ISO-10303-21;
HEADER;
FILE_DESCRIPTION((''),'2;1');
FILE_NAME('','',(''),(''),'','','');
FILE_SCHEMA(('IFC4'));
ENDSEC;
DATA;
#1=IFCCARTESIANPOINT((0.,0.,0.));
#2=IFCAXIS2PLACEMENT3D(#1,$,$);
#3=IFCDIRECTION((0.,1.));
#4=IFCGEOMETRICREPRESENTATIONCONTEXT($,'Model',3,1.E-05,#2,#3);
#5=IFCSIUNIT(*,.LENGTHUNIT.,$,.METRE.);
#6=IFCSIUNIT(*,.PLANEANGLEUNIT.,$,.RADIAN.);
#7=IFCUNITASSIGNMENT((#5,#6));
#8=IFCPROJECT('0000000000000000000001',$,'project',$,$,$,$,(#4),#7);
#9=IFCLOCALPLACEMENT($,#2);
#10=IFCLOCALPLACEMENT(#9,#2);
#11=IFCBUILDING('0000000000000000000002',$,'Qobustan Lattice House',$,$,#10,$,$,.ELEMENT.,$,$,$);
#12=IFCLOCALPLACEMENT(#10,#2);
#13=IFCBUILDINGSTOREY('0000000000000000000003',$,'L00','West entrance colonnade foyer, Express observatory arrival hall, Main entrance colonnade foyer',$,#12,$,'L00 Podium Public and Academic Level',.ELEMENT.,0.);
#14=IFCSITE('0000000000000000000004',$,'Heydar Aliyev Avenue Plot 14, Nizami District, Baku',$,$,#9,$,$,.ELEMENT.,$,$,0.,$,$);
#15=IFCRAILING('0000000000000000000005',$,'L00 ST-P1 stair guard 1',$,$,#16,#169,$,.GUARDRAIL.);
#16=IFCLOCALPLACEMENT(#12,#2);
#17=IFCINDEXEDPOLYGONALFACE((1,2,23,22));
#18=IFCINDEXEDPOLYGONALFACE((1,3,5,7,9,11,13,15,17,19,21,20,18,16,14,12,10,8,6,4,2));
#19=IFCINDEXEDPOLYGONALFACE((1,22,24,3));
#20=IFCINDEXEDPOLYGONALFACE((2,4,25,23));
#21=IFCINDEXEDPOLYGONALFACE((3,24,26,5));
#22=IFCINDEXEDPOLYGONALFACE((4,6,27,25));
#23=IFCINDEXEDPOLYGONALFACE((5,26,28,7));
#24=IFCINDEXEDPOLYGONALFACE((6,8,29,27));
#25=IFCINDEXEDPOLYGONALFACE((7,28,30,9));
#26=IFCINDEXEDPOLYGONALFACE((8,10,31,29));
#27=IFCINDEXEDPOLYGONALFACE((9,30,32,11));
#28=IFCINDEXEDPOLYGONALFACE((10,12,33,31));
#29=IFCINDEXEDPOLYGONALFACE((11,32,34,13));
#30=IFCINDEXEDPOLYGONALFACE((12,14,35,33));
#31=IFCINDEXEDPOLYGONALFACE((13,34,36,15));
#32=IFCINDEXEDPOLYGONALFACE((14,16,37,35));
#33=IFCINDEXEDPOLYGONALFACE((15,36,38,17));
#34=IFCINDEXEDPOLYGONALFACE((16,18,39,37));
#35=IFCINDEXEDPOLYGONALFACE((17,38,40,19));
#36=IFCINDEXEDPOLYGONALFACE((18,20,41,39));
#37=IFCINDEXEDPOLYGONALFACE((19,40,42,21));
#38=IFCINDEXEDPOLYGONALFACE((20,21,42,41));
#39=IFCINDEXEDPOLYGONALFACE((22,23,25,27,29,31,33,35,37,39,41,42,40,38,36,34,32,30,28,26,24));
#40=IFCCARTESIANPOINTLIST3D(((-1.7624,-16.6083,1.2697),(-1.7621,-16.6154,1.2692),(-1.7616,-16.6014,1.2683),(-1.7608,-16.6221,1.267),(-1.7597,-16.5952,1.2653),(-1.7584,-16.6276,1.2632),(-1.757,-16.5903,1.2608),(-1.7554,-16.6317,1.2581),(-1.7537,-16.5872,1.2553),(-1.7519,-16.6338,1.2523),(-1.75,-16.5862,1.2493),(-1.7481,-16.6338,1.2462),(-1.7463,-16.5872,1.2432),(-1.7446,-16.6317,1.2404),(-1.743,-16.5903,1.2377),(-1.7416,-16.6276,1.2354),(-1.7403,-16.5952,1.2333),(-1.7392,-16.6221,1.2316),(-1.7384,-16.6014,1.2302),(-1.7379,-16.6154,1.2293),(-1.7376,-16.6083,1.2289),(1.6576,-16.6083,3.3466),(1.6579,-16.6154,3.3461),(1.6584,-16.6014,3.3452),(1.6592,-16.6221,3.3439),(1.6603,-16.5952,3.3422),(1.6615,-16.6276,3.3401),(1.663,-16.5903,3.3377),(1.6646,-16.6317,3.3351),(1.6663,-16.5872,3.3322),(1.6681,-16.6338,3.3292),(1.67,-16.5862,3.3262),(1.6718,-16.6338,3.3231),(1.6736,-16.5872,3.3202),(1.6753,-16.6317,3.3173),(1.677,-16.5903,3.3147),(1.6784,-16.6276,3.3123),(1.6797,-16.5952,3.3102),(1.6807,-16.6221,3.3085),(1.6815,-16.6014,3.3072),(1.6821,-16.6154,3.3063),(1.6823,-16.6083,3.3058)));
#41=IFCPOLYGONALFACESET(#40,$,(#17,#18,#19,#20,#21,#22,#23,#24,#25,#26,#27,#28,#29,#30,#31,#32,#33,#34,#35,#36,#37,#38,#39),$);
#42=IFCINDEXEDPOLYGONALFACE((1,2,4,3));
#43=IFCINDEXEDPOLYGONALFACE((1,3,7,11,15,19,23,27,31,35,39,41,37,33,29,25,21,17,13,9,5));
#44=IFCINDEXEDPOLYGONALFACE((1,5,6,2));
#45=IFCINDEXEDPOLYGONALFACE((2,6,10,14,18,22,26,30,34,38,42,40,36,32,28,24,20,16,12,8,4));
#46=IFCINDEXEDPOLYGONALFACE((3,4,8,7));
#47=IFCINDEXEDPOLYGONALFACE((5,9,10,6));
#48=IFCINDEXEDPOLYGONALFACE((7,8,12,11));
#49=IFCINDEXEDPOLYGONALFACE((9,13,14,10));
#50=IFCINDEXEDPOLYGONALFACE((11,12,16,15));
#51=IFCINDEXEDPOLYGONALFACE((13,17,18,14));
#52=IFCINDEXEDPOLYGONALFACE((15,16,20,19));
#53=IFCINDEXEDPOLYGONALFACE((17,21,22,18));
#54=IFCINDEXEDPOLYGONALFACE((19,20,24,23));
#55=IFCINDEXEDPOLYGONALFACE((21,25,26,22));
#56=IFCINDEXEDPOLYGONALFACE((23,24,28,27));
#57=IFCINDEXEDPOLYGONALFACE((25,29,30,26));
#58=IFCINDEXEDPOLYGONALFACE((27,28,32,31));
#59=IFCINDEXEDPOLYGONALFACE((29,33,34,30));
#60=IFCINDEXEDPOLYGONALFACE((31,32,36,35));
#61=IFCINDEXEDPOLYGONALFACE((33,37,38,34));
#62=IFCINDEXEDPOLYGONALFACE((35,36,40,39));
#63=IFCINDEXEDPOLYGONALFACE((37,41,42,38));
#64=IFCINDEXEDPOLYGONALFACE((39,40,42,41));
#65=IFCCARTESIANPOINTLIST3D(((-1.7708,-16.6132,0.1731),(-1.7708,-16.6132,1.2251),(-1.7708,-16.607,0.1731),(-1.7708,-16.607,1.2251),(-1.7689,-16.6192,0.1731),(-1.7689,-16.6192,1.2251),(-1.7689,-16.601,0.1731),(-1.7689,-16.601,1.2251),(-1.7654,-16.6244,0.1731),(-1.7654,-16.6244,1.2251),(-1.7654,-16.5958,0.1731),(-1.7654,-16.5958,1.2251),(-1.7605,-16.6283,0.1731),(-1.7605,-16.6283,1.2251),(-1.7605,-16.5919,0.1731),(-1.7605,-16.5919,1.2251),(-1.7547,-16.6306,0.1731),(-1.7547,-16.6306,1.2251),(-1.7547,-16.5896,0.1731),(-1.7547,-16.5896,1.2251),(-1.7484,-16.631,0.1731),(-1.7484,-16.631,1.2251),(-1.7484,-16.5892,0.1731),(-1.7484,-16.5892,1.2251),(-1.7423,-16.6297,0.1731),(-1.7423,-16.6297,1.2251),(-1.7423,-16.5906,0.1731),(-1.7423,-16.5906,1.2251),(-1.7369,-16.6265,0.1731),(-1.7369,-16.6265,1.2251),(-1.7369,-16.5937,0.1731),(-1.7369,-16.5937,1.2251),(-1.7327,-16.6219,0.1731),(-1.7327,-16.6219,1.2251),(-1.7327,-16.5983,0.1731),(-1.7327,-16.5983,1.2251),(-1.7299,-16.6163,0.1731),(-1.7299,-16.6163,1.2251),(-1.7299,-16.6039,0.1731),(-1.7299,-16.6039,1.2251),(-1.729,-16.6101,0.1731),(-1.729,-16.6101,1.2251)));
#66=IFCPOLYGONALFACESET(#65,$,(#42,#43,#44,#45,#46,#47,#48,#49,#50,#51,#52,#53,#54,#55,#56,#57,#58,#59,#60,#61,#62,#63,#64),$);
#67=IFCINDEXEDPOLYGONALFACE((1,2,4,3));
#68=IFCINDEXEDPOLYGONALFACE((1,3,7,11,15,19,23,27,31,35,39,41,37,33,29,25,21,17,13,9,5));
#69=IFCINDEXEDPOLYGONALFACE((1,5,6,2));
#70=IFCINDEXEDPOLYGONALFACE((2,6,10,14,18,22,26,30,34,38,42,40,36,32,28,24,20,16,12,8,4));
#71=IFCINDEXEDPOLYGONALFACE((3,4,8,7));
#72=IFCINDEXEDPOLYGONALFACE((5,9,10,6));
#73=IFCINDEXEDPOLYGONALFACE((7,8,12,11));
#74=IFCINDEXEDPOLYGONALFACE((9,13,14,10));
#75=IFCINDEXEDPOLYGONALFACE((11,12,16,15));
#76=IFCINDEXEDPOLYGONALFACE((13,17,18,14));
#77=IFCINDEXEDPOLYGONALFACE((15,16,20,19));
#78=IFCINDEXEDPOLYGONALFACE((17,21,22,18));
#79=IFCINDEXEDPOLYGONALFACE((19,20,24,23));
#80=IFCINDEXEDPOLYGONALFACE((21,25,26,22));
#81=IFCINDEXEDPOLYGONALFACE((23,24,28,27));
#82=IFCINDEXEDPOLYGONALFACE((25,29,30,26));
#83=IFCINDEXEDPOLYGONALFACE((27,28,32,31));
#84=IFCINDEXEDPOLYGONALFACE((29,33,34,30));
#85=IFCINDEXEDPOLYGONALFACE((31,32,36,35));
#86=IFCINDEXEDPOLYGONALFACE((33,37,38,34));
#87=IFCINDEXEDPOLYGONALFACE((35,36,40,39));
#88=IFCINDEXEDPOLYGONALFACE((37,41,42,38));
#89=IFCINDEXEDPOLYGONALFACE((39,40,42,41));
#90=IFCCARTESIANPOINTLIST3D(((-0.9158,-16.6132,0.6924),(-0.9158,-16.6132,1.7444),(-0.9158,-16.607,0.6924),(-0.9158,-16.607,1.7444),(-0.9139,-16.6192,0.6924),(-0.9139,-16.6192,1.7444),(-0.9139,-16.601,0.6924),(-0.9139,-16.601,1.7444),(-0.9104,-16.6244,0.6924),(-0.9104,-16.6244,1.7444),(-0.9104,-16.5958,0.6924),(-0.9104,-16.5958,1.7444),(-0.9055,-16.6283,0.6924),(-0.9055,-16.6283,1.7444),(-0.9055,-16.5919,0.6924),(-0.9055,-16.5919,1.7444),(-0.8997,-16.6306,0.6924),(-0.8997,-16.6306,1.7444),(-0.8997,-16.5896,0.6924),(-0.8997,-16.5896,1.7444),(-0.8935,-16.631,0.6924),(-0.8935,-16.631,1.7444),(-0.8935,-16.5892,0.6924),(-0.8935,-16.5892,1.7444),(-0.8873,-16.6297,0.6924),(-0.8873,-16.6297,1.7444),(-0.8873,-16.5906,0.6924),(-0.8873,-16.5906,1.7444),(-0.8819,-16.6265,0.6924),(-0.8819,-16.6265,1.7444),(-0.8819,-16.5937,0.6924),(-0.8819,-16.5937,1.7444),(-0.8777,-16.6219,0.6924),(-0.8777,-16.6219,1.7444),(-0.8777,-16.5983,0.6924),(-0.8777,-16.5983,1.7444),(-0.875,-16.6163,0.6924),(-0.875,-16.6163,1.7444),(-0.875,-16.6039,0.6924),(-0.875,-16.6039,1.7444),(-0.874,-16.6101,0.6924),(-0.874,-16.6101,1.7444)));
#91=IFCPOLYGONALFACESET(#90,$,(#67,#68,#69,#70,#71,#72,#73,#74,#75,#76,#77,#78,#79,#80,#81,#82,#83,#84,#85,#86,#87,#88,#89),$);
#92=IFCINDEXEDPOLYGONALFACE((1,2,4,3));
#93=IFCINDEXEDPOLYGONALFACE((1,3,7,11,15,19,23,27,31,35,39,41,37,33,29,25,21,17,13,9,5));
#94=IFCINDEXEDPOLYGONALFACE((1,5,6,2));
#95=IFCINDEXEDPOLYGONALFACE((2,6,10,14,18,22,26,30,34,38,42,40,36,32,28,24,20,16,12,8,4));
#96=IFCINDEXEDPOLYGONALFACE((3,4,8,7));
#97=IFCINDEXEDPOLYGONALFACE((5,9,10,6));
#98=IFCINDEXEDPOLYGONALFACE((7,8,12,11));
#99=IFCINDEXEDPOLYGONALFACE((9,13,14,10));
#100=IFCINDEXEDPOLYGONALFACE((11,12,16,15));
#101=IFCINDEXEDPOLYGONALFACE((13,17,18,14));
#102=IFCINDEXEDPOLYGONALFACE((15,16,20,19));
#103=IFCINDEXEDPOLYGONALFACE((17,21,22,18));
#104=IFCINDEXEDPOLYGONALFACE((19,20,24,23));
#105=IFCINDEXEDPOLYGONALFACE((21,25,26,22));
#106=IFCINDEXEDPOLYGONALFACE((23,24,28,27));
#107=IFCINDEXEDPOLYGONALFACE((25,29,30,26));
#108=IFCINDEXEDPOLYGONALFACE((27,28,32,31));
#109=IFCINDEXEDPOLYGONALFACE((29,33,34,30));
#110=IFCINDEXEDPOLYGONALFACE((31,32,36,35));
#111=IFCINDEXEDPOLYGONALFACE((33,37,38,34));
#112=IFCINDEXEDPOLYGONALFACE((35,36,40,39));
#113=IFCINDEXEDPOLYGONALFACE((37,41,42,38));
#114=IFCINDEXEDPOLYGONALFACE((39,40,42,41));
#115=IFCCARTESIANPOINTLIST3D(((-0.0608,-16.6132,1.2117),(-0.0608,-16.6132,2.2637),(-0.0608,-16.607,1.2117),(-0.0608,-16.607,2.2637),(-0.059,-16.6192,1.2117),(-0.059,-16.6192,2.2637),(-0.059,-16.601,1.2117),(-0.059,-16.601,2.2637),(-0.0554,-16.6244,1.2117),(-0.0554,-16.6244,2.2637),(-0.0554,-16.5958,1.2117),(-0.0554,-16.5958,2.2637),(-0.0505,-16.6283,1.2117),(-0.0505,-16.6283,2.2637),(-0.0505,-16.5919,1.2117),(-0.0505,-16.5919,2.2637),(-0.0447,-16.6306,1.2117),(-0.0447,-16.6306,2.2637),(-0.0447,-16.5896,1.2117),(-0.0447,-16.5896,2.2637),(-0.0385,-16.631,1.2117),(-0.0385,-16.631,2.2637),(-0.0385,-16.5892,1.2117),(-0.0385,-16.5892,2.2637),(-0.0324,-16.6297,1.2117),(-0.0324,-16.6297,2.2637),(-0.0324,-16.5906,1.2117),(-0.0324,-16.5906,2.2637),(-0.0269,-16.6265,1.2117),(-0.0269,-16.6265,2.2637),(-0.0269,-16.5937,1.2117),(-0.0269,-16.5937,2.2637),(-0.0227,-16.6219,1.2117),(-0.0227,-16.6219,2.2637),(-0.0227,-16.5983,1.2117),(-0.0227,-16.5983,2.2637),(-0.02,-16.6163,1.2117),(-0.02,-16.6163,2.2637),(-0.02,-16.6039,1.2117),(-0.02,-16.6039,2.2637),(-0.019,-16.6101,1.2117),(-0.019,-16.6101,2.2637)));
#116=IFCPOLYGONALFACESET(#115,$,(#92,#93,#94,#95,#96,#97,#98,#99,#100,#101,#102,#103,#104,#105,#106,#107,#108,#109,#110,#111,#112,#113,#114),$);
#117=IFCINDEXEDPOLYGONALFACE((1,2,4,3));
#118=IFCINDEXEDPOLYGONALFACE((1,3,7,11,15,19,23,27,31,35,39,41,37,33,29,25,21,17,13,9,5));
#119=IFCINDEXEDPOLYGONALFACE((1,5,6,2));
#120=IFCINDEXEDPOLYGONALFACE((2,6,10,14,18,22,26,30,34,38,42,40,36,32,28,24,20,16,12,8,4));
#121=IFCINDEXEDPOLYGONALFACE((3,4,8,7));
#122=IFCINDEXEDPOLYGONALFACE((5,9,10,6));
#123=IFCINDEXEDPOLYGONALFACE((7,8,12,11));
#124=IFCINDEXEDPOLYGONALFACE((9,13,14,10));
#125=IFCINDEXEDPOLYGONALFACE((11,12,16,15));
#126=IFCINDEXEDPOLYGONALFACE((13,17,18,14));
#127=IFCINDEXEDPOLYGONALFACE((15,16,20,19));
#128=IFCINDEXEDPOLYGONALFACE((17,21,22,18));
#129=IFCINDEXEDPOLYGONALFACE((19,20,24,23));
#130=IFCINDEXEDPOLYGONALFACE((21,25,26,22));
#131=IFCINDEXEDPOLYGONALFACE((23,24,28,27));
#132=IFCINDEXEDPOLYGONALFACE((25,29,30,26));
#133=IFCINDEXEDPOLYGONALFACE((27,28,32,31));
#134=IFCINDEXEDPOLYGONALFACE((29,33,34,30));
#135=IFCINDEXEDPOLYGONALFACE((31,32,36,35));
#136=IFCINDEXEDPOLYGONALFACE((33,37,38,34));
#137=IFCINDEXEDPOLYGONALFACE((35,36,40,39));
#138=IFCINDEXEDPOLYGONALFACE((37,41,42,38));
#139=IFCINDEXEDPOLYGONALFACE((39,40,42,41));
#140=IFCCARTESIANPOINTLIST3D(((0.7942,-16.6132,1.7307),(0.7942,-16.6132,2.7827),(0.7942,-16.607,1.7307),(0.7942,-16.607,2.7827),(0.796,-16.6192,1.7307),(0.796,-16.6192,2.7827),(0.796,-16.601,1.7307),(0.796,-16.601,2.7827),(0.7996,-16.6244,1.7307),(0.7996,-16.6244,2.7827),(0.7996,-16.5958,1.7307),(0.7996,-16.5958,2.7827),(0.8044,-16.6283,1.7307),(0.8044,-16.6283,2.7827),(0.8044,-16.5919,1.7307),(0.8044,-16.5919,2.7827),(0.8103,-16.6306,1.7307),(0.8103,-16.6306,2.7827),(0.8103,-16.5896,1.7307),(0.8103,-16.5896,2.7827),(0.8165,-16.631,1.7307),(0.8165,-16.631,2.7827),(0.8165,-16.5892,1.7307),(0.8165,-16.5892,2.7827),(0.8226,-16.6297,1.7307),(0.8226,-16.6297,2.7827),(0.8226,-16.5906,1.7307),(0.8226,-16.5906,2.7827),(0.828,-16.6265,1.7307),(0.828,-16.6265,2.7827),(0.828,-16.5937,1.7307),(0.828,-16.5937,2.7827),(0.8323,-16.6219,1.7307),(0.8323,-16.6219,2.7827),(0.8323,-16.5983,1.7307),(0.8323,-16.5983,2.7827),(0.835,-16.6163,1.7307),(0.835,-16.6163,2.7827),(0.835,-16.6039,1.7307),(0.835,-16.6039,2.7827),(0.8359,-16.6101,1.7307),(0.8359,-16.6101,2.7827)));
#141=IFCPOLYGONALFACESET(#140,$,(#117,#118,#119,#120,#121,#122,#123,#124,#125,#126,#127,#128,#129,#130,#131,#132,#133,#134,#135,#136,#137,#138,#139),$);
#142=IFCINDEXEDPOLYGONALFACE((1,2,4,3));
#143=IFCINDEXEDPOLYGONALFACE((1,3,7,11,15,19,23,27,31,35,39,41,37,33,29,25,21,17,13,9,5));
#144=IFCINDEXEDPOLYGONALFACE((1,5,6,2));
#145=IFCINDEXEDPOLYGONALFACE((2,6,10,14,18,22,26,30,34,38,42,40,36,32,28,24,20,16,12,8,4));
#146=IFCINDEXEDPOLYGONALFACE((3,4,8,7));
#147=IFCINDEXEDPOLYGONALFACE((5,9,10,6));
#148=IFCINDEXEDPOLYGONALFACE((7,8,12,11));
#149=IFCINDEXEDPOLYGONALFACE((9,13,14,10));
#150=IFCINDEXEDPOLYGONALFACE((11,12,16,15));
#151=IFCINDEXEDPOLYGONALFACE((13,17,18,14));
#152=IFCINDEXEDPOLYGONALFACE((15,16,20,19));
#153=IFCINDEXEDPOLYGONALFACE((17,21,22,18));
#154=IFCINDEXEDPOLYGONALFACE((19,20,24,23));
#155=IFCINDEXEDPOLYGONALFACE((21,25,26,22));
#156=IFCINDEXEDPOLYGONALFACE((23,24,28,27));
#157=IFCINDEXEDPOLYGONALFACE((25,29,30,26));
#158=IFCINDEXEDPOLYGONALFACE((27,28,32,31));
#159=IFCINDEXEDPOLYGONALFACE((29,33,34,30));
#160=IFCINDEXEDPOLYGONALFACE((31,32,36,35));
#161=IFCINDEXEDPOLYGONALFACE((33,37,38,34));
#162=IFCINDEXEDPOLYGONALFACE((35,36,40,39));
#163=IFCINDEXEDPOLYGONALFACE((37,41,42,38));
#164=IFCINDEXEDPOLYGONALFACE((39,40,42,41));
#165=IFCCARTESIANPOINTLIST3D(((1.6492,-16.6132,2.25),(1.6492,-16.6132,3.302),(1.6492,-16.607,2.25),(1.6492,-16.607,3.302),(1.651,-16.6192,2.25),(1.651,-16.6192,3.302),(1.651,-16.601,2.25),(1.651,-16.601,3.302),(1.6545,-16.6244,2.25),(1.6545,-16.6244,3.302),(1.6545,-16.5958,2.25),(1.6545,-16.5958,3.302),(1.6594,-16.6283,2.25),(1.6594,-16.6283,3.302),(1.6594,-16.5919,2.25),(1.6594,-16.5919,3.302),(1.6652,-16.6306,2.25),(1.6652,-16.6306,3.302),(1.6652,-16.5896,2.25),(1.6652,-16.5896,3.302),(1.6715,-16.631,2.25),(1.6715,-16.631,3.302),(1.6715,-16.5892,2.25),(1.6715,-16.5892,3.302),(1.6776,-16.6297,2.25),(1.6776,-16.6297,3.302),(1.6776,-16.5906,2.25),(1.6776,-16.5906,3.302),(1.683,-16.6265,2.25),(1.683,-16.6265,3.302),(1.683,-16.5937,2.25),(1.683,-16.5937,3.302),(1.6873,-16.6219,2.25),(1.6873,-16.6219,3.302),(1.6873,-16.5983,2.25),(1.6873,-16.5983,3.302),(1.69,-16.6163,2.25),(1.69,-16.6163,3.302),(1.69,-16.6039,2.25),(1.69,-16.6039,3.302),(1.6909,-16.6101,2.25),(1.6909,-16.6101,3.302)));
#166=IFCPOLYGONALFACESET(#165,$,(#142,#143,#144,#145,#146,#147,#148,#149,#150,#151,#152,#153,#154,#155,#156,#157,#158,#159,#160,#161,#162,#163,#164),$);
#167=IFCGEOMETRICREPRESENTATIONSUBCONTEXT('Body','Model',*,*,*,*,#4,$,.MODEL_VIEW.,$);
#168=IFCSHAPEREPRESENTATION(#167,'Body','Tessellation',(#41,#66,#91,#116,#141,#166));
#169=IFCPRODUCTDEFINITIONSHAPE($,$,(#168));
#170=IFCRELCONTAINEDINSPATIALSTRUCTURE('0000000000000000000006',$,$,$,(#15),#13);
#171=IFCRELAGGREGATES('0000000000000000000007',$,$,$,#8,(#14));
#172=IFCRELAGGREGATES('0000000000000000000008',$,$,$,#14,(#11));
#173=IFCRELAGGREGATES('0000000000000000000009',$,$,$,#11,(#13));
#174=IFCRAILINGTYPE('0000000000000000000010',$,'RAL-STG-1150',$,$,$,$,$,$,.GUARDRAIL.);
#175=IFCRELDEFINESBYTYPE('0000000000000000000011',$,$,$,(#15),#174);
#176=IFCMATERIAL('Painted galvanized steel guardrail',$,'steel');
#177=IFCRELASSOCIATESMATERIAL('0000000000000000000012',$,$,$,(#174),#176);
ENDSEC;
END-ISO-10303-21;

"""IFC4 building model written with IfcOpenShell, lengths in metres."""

from ifc_helpers import new_model, si_unit, direction, frame, origin, origin_2d, place, context, subcontext, project, spatial, circle, extrude, material, type_object, element, save


model = new_model("IFC4")

# Units and contexts
model_context = context("Model", 3, precision=1e-05, world=origin(), true_north=direction((0.0, 1.0)))
body_context = subcontext(model_context, "Body", "Model", "MODEL_VIEW")
ifc_project = project(units=[si_unit("LENGTHUNIT", "METRE"), si_unit("PLANEANGLEUNIT", "RADIAN")], contexts=[model_context])

# Site, building, storey
site_placement = place(None, origin())
site = spatial("IfcSite", under=ifc_project, at=site_placement, Name="Heydar Aliyev Avenue Plot 14, Nizami District, Baku", CompositionType="ELEMENT", RefElevation=0.0)
building_placement = place(site_placement, origin())
building = spatial("IfcBuilding", under=site, at=building_placement, Name="Qobustan Lattice House", CompositionType="ELEMENT")
storey_placement = place(building_placement, origin())
storey = spatial("IfcBuildingStorey", under=building, at=storey_placement, Name="L00", Description="West entrance colonnade foyer, Express observatory arrival hall, Main entrance colonnade foyer", LongName="L00 Podium Public and Academic Level", CompositionType="ELEMENT", Elevation=0.0)

# Railing
ifc_material_1 = material(Name="Painted galvanized steel guardrail", Category="steel")
railing_type_1 = type_object("IfcRailingType", Name="RAL-STG-1150", PredefinedType="GUARDRAIL", material=ifc_material_1)
railing_1_placement = place(storey_placement, frame((-1.75, -16.6101, 0.1731)))
element("IfcRailing", 1, at=railing_1_placement, inside=storey, type_object=railing_type_1, Name="L00 ST-P1 stair guard 1", PredefinedType="GUARDRAIL", context=body_context, shape_type="SweptSolid", body=[
    extrude(circle(Radius=0.0239, at=origin_2d()), frame((0.0, 0.0, 1.0762), z_axis=(0.85473, 0.0, 0.519074), x_axis=(0.0, 1.0, 0.0)), (0.0, 0.0, 1.0), 4.0012),
    extrude(circle(Radius=0.021, at=origin_2d()), origin(), (0.0, 0.0, 1.0), 1.052),
    extrude(circle(Radius=0.021, at=origin_2d()), frame((0.855, 0.0, 0.5193)), (0.0, 0.0, 1.0), 1.052),
    extrude(circle(Radius=0.021, at=origin_2d()), frame((1.71, 0.0, 1.0386)), (0.0, 0.0, 1.0), 1.052),
    extrude(circle(Radius=0.021, at=origin_2d()), frame((2.5649, 0.0, 1.5576)), (0.0, 0.0, 1.0), 1.052),
    extrude(circle(Radius=0.021, at=origin_2d()), frame((3.4199, 0.0, 2.0769)), (0.0, 0.0, 1.0), 1.052),
])

save(model, "model.ifc")
